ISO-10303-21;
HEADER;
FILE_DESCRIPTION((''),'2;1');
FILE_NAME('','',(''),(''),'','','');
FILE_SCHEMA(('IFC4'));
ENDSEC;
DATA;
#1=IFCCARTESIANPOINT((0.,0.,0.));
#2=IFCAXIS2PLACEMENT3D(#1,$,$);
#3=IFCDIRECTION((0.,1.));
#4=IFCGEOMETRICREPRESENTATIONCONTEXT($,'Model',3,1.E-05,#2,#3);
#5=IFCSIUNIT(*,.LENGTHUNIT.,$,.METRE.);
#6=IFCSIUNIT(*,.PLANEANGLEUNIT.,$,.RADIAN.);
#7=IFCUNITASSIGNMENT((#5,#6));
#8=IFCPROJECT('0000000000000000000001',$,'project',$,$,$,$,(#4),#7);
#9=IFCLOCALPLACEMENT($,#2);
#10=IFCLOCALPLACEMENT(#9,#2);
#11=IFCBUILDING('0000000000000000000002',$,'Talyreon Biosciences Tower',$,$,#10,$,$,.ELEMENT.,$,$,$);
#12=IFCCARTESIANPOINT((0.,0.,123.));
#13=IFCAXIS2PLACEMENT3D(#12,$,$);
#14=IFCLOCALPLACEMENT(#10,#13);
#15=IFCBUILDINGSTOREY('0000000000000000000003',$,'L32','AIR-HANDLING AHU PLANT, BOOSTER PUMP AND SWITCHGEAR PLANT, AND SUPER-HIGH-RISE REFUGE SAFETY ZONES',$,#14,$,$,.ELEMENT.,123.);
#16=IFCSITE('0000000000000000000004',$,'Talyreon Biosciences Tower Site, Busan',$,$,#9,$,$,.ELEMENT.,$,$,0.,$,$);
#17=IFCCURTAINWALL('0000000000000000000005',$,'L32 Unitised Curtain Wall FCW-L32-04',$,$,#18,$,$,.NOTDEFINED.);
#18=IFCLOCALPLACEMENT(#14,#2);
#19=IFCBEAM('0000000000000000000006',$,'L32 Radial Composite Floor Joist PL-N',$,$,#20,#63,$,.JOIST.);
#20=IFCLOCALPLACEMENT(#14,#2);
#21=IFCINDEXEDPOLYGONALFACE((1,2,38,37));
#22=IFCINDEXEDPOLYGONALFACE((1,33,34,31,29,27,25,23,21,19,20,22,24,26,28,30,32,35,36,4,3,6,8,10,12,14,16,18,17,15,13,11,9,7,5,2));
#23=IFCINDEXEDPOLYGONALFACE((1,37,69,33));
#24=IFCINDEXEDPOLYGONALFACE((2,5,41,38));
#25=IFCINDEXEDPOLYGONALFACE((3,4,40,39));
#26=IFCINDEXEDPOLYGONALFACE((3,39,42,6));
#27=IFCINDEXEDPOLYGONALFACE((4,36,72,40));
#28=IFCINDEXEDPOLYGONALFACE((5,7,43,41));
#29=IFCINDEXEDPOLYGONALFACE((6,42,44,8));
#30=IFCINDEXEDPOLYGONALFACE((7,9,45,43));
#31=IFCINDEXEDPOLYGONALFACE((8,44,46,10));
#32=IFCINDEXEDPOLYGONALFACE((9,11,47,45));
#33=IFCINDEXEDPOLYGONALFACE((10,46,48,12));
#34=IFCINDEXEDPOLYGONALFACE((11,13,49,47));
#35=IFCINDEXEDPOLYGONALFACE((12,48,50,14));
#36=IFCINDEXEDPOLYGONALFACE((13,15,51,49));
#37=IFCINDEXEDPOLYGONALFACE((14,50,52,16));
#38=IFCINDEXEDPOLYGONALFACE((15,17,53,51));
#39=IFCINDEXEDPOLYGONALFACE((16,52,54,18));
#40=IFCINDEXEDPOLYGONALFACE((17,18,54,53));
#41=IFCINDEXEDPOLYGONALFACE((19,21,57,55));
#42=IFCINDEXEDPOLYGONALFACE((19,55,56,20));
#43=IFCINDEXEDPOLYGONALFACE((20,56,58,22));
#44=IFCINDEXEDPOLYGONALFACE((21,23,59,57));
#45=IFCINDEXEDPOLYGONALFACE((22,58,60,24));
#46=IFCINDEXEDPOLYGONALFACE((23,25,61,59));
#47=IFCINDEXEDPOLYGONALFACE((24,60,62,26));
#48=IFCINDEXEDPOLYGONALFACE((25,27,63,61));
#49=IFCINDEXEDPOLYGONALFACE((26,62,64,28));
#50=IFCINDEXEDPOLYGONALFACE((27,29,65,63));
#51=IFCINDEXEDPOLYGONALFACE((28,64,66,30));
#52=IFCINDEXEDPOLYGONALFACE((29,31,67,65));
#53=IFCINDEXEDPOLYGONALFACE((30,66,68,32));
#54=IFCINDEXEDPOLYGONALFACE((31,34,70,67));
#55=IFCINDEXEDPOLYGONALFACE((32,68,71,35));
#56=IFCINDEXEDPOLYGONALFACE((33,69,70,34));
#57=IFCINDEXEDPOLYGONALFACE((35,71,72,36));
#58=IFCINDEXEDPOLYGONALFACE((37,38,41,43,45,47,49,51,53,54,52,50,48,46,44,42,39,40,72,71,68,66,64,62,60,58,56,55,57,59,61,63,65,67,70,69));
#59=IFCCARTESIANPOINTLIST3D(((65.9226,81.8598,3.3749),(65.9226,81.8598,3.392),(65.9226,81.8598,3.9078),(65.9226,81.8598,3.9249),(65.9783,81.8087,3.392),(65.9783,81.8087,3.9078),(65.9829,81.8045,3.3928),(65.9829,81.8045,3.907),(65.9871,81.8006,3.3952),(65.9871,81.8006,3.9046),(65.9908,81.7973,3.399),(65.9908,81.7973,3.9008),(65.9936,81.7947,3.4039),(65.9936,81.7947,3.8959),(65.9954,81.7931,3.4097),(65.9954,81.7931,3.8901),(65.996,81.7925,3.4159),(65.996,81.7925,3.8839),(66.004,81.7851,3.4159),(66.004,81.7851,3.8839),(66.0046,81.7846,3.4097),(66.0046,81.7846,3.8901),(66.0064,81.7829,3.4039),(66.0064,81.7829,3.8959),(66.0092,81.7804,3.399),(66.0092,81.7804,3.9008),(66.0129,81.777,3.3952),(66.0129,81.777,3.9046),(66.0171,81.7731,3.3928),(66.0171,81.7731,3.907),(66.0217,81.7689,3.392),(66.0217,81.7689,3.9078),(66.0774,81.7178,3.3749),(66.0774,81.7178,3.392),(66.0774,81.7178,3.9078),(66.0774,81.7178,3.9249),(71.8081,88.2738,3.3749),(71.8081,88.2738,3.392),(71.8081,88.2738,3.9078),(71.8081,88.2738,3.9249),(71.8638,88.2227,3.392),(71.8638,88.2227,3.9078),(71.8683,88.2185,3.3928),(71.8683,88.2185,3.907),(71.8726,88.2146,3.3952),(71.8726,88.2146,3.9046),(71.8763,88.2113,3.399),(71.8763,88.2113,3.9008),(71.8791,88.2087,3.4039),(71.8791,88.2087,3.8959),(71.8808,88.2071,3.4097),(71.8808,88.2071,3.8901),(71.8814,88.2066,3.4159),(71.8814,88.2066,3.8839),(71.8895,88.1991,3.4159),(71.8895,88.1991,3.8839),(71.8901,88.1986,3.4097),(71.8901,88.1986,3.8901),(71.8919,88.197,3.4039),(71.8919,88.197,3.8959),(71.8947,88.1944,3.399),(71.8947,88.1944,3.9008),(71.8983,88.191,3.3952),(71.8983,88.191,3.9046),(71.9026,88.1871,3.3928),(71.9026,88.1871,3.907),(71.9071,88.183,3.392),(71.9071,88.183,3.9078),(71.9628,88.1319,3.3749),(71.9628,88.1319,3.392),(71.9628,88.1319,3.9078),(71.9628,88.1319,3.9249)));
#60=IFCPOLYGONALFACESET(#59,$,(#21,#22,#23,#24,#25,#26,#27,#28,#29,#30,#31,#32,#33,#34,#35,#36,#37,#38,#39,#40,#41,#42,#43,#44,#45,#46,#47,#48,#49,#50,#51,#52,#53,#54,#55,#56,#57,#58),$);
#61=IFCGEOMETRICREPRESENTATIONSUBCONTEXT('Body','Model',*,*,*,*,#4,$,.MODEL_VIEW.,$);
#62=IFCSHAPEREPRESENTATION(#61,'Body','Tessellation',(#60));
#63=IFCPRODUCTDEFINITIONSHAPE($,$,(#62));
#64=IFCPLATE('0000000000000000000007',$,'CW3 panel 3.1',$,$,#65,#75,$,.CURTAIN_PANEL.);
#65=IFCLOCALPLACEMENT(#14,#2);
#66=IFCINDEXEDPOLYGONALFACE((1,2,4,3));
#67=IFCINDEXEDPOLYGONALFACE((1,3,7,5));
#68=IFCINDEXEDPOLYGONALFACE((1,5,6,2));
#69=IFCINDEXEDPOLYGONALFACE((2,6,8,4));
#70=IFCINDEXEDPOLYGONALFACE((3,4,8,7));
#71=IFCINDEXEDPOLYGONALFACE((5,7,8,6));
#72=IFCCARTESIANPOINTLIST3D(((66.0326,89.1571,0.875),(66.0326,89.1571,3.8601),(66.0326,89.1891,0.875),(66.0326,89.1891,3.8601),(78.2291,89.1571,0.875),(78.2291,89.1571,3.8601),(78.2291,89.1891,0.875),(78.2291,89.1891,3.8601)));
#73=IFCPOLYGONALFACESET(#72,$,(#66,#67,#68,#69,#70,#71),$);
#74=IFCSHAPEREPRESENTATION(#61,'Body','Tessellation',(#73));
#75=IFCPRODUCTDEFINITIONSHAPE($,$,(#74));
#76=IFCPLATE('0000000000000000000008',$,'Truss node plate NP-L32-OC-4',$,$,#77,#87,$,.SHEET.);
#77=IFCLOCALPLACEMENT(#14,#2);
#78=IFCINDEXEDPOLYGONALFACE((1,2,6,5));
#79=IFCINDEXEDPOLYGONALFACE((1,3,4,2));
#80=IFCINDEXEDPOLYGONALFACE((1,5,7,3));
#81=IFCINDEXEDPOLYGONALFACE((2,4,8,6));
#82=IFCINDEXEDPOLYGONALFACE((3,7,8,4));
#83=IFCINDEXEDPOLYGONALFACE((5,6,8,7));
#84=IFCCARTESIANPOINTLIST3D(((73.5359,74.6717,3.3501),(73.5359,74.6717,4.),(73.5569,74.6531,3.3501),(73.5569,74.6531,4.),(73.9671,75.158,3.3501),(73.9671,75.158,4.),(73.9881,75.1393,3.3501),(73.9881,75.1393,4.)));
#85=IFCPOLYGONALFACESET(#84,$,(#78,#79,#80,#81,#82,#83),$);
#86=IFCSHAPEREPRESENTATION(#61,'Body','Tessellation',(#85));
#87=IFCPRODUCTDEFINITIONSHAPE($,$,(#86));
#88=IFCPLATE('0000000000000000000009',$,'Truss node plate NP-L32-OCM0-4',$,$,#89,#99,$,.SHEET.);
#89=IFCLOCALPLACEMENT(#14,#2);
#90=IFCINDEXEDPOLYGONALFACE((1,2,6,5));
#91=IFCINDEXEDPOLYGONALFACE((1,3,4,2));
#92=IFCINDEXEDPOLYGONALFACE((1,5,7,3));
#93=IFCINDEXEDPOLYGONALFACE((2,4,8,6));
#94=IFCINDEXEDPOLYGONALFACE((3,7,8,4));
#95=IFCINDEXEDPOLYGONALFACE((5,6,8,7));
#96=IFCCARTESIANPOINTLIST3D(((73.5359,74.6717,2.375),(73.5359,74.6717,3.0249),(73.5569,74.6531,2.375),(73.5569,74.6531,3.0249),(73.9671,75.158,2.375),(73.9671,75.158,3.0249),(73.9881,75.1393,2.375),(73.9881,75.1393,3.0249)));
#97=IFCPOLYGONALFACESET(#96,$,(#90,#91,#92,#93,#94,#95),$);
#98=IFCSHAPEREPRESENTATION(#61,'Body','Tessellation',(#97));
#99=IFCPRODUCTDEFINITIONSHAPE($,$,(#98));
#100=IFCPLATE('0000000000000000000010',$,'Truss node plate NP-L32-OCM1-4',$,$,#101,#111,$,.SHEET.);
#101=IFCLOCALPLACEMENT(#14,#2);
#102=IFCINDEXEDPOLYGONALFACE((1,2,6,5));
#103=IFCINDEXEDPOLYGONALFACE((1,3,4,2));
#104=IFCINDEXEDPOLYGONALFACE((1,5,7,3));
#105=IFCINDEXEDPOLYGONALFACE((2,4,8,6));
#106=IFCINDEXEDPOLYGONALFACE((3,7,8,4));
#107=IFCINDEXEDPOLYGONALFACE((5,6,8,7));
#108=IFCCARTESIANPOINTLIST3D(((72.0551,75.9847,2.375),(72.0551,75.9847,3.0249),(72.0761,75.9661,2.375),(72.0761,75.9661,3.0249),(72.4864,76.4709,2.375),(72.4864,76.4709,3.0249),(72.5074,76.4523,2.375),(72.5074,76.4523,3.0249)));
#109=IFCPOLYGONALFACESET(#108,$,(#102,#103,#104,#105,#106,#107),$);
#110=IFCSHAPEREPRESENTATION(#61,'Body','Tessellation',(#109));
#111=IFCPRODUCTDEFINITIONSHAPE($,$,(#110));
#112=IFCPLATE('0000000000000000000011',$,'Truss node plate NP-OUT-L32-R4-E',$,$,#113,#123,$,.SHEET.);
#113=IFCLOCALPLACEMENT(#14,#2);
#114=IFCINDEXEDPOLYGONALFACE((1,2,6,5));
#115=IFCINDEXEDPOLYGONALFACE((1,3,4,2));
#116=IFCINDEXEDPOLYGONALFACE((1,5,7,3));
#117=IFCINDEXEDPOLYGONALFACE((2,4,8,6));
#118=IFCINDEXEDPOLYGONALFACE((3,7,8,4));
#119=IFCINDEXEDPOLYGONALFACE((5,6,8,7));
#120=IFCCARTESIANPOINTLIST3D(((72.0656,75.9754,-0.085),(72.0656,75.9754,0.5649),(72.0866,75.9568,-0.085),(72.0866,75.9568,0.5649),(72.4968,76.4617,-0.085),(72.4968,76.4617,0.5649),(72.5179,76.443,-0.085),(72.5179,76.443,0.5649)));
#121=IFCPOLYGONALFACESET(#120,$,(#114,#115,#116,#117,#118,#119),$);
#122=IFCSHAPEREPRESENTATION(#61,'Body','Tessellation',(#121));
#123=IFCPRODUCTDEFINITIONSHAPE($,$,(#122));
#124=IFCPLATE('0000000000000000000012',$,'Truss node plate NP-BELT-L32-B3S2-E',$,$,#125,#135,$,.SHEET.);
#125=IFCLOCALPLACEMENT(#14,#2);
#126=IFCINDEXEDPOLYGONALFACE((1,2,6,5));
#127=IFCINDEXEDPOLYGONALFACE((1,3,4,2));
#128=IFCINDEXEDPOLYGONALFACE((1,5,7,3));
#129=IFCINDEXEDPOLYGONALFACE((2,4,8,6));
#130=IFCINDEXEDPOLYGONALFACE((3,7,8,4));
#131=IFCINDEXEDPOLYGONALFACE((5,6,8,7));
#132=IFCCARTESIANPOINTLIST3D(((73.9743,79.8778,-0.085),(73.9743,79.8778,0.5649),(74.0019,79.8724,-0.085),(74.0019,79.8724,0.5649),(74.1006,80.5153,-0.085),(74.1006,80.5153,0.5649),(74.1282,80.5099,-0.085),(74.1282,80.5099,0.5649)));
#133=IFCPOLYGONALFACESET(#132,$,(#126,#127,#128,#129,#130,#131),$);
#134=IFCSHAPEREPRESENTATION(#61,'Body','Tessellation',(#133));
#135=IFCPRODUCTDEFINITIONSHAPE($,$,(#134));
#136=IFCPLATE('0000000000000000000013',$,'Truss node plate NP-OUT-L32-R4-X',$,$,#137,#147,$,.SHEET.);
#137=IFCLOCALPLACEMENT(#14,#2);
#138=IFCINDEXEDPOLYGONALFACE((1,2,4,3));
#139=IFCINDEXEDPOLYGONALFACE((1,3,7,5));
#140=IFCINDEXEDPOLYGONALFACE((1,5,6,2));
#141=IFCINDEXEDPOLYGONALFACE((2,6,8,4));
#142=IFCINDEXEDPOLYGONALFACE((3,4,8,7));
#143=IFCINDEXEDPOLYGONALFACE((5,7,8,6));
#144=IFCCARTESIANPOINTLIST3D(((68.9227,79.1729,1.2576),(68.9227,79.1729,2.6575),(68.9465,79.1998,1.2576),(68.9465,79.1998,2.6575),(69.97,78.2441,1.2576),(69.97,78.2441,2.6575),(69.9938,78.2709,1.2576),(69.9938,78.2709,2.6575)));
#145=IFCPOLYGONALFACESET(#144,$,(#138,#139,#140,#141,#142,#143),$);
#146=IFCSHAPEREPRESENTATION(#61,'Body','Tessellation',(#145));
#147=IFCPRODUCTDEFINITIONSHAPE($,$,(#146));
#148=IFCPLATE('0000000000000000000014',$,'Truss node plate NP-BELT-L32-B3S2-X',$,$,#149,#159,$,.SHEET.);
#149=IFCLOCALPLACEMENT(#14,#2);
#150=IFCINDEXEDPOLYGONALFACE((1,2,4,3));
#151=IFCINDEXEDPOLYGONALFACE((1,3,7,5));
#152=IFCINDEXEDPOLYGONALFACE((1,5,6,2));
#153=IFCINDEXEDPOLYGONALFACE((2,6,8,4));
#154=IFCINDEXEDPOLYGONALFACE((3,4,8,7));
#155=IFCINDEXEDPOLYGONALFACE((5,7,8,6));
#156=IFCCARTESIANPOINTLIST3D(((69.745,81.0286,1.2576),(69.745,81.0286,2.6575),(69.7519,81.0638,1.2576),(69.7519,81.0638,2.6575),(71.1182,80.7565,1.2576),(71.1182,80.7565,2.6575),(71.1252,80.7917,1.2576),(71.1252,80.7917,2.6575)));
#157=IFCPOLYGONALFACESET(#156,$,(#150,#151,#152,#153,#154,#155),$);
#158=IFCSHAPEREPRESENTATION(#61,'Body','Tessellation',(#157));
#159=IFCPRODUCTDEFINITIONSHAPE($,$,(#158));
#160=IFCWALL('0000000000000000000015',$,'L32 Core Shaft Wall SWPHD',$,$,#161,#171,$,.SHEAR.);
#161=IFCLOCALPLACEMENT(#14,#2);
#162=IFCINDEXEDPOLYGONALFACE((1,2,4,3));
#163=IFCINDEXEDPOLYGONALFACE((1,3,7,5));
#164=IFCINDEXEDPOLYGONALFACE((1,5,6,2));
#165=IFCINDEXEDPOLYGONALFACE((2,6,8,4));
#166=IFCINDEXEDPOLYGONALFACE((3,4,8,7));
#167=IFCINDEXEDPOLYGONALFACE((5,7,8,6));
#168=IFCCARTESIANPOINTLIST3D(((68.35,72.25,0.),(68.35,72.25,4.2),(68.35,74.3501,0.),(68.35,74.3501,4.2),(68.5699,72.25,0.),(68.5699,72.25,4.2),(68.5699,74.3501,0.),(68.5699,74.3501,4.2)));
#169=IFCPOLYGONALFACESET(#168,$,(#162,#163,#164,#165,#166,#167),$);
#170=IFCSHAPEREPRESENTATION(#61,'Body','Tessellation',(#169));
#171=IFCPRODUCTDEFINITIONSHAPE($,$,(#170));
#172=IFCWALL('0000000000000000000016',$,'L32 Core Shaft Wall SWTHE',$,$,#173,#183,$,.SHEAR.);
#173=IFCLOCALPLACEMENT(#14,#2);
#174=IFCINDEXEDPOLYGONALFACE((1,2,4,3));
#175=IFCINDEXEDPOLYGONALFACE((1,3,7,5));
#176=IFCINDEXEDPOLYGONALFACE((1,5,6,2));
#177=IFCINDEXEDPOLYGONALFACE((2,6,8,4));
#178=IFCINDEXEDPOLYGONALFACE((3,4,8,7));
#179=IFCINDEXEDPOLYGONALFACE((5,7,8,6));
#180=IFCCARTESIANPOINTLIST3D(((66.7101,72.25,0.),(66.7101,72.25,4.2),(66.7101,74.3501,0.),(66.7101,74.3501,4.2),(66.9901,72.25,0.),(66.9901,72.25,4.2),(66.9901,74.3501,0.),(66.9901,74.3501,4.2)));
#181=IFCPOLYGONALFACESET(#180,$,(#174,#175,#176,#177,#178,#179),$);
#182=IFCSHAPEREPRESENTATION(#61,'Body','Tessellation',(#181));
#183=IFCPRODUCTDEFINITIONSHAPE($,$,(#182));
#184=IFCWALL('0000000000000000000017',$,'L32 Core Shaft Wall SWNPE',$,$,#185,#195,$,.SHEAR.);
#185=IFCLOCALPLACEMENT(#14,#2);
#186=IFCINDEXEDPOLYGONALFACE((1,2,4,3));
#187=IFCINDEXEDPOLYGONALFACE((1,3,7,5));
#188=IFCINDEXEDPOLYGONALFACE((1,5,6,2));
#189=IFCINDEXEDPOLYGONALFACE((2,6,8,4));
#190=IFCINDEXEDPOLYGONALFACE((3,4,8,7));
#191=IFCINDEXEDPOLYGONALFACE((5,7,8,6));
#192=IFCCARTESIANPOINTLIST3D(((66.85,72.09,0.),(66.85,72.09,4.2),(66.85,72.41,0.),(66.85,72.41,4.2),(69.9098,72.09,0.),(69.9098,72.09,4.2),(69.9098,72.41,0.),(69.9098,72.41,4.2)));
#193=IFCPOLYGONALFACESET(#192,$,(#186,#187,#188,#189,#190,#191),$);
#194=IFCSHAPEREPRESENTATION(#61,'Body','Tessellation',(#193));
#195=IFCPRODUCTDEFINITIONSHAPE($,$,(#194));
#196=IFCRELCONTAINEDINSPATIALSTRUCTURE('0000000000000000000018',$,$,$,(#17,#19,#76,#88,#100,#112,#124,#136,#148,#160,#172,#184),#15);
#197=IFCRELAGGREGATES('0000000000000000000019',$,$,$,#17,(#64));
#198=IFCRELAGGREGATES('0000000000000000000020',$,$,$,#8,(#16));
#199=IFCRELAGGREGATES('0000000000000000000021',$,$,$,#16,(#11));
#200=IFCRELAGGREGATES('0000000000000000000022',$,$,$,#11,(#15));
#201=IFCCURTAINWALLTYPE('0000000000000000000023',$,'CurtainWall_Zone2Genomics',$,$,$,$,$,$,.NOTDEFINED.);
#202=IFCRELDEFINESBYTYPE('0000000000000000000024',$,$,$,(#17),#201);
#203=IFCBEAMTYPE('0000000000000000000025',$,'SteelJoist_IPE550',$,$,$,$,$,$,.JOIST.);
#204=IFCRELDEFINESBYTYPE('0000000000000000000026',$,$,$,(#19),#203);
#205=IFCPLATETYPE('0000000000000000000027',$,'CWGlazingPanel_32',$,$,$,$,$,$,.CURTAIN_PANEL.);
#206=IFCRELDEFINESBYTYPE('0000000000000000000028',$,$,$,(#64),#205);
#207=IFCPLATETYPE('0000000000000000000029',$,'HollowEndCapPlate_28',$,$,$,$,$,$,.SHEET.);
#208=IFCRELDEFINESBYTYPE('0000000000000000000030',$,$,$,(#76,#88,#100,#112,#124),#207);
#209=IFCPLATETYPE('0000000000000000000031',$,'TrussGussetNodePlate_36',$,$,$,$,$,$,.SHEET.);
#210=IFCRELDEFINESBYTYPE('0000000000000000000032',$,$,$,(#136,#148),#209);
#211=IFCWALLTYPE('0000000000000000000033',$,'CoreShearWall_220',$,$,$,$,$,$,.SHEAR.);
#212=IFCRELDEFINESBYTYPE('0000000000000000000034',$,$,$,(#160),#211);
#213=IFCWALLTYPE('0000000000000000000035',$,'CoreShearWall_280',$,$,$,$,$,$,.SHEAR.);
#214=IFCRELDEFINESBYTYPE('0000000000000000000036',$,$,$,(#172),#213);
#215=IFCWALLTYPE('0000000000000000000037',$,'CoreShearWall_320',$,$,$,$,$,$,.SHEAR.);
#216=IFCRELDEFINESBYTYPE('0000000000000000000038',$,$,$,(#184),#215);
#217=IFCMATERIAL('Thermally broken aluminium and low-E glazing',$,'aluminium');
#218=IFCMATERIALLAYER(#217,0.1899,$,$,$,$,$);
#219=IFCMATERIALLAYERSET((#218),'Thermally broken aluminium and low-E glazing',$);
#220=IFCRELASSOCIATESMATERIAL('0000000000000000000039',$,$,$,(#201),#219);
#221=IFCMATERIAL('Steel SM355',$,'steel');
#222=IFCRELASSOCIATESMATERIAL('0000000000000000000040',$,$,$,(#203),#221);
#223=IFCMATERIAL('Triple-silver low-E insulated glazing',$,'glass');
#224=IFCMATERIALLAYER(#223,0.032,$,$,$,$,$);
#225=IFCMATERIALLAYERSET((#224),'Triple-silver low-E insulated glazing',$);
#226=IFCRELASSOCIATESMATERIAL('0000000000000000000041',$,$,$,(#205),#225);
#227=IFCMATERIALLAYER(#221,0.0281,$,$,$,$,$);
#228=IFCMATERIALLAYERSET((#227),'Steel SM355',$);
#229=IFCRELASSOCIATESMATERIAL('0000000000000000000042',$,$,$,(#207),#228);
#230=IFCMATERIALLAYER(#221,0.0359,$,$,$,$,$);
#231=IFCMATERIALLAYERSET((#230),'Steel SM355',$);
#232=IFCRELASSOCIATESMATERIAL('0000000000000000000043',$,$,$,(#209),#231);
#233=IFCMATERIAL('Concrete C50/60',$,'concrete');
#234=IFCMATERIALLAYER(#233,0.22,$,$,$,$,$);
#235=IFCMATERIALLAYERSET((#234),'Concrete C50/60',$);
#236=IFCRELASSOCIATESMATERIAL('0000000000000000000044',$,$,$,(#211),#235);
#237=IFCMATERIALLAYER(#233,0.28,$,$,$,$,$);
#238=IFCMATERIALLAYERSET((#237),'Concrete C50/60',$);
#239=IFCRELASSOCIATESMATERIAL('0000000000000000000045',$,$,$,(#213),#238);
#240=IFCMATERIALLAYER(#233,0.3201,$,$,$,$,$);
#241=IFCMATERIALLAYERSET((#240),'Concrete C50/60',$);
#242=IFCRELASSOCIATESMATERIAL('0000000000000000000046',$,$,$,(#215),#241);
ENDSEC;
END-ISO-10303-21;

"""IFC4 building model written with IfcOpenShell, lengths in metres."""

from ifc_helpers import new_model, si_unit, direction, frame, frame_2d, origin, origin_2d, place, context, subcontext, project, spatial, rectangle, i_section, extrude, material, layer, layer_set, material_profile, profile_set, type_object, element, aggregate, save


model = new_model("IFC4")

# Units and contexts
model_context = context("Model", 3, precision=1e-05, world=origin(), true_north=direction((0.0, 1.0)))
body_context = subcontext(model_context, "Body", "Model", "MODEL_VIEW")
ifc_project = project(units=[si_unit("LENGTHUNIT", "METRE"), si_unit("PLANEANGLEUNIT", "RADIAN")], contexts=[model_context])

# Site, building, storey
site_placement = place(None, origin())
site = spatial("IfcSite", under=ifc_project, at=site_placement, Name="Talyreon Biosciences Tower Site, Busan", CompositionType="ELEMENT", RefElevation=0.0)
building_placement = place(site_placement, origin())
building = spatial("IfcBuilding", under=site, at=building_placement, Name="Talyreon Biosciences Tower", CompositionType="ELEMENT")
storey_placement = place(building_placement, frame((0.0, 0.0, 123.0)))
storey = spatial("IfcBuildingStorey", under=building, at=storey_placement, Name="L32", Description="AIR-HANDLING AHU PLANT, BOOSTER PUMP AND SWITCHGEAR PLANT, AND SUPER-HIGH-RISE REFUGE SAFETY ZONES", CompositionType="ELEMENT", Elevation=123.0)

# Shared definitions
ifc_material_1 = material(Name="Concrete C50/60", Category="concrete")

# Shared definitions
ifc_material_2 = material(Name="Steel SM355", Category="steel")

# Curtain wall
ifc_material_3 = material(Name="Thermally broken aluminium and low-E glazing", Category="aluminium")
ifc_layer_1 = layer(ifc_material_3, 0.1899)
ifc_layer_set_1 = layer_set([ifc_layer_1], Name="Thermally broken aluminium and low-E glazing")
curtain_wall_type = type_object("IfcCurtainWallType", Name="CurtainWall_Zone2Genomics", PredefinedType="NOTDEFINED", material=ifc_layer_set_1)
curtain_wall_placement = place(storey_placement, origin())
curtain_wall = element("IfcCurtainWall", 1, at=curtain_wall_placement, inside=storey, type_object=curtain_wall_type, Name="L32 Unitised Curtain Wall FCW-L32-04", PredefinedType="NOTDEFINED")

# Beam
ifc_material_profile_1 = material_profile(ifc_material_2, i_section(OverallWidth=0.21, OverallDepth=0.55, WebThickness=0.011, FlangeThickness=0.0171, FilletRadius=0.0239, at=origin_2d()), Name="IPE550")
ifc_profile_set_1 = profile_set([ifc_material_profile_1], Name="Steel SM355")
beam_type_1 = type_object("IfcBeamType", Name="SteelJoist_IPE550", PredefinedType="JOIST", material=ifc_profile_set_1)
beam_1_placement = place(storey_placement, frame((66.0, 81.7888, 3.6499), z_axis=(0.676095, 0.736814, 0.0), x_axis=(-0.736814, 0.676095, 0.0)))
element("IfcBeam", 2, at=beam_1_placement, inside=storey, type_object=beam_type_1, Name="L32 Radial Composite Floor Joist PL-N", PredefinedType="JOIST", context=body_context, shape_type="SweptSolid", body=[
    extrude(i_section(OverallWidth=0.21, OverallDepth=0.55, WebThickness=0.011, FlangeThickness=0.0171, FilletRadius=0.0239, at=origin_2d()), origin(), (0.0, 0.0, 1.0), 8.7051),
])

# Plate
ifc_material_4 = material(Name="Triple-silver low-E insulated glazing", Category="glass")
ifc_layer_2 = layer(ifc_material_4, 0.032)
ifc_layer_set_2 = layer_set([ifc_layer_2], Name="Triple-silver low-E insulated glazing")
plate_type_1 = type_object("IfcPlateType", Name="CWGlazingPanel_32", PredefinedType="CURTAIN_PANEL", material=ifc_layer_set_2)
plate_placement = place(storey_placement, frame((72.1309, 89.1731, 0.875), z_axis=(0.0, 0.0, 1.0), x_axis=(1.0, 0.0, 0.0)))
plate = element("IfcPlate", 3, at=plate_placement, type_object=plate_type_1, Name="CW3 panel 3.1", PredefinedType="CURTAIN_PANEL", context=body_context, shape_type="SweptSolid", body=[
    extrude(rectangle(XDim=12.1965, YDim=0.032, at=origin_2d()), origin(), (0.0, 0.0, 1.0), 2.9851),
])
aggregate(curtain_wall, [plate])

# Plates
ifc_layer_3 = layer(ifc_material_2, 0.0281)
ifc_layer_set_3 = layer_set([ifc_layer_3], Name="Steel SM355")
plate_type_2 = type_object("IfcPlateType", Name="HollowEndCapPlate_28", PredefinedType="SHEET", material=ifc_layer_set_3)
for number, where, z_axis, x_axis, name in (
    (4, (73.762, 74.9055, 3.3501), (0.0, 0.0, 1.0), (-0.663495, -0.74818, 0.0), "Truss node plate NP-L32-OC-4"),
    (5, (73.762, 74.9055, 2.375), (0.0, 0.0, 1.0), (-0.663495, -0.74818, 0.0), "Truss node plate NP-L32-OCM0-4"),
    (6, (72.2812, 76.2185, 2.375), (0.0, 0.0, 1.0), (-0.663495, -0.74818, 0.0), "Truss node plate NP-L32-OCM1-4"),
    (7, (72.2917, 76.2092, -0.085), (0.0, 0.0, 1.0), (-0.663495, -0.74818, 0.0), "Truss node plate NP-OUT-L32-R4-E"),
    (8, (74.0513, 80.1938, -0.085), (0.0, 0.0, 1.0), (-0.194337, -0.980935, 0.0), "Truss node plate NP-BELT-L32-B3S2-E"),
):
    element("IfcPlate", number, at=place(storey_placement, frame(where, z_axis=z_axis, x_axis=x_axis)), inside=storey, type_object=plate_type_2, Name=name, PredefinedType="SHEET", context=body_context, shape_type="SweptSolid", body=[
        extrude(rectangle(XDim=0.6499, YDim=0.0281, at=origin_2d()), origin(), (0.0, 0.0, 1.0), 0.6499),
    ])
ifc_layer_4 = layer(ifc_material_2, 0.0359)
ifc_layer_set_4 = layer_set([ifc_layer_4], Name="Steel SM355")
plate_type_3 = type_object("IfcPlateType", Name="TrussGussetNodePlate_36", PredefinedType="SHEET", material=ifc_layer_set_4)
for number, where, z_axis, x_axis, name in (
    (9, (69.4583, 78.7219, 1.2576), (0.0, 0.0, 1.0), (-0.74818, 0.663495, 0.0), "Truss node plate NP-OUT-L32-R4-X"),
    (10, (70.4351, 80.9102, 1.2576), (0.0, 0.0, 1.0), (-0.980935, 0.194337, 0.0), "Truss node plate NP-BELT-L32-B3S2-X"),
):
    element("IfcPlate", number, at=place(storey_placement, frame(where, z_axis=z_axis, x_axis=x_axis)), inside=storey, type_object=plate_type_3, Name=name, PredefinedType="SHEET", context=body_context, shape_type="SweptSolid", body=[
        extrude(rectangle(XDim=1.3999, YDim=0.0359, at=origin_2d()), origin(), (0.0, 0.0, 1.0), 1.3999),
    ])

# Walls
ifc_layer_5 = layer(ifc_material_1, 0.22)
ifc_layer_set_5 = layer_set([ifc_layer_5], Name="Concrete C50/60")
wall_type_1 = type_object("IfcWallType", Name="CoreShearWall_220", PredefinedType="SHEAR", material=ifc_layer_set_5)
wall_1_placement = place(storey_placement, frame((68.46, 72.25, 0.0), z_axis=(0.0, 0.0, 1.0), x_axis=(0.0, 1.0, 0.0)))
element("IfcWall", 11, at=wall_1_placement, inside=storey, type_object=wall_type_1, Name="L32 Core Shaft Wall SWPHD", PredefinedType="SHEAR", context=body_context, shape_type="SweptSolid", body=[
    extrude(rectangle(XDim=2.1001, YDim=0.22, at=frame_2d((1.05, 0.0))), origin(), (0.0, 0.0, 1.0), 4.2),
])
ifc_layer_6 = layer(ifc_material_1, 0.28)
ifc_layer_set_6 = layer_set([ifc_layer_6], Name="Concrete C50/60")
wall_type_2 = type_object("IfcWallType", Name="CoreShearWall_280", PredefinedType="SHEAR", material=ifc_layer_set_6)
wall_2_placement = place(storey_placement, frame((66.8501, 72.25, 0.0), z_axis=(0.0, 0.0, 1.0), x_axis=(0.0, 1.0, 0.0)))
element("IfcWall", 12, at=wall_2_placement, inside=storey, type_object=wall_type_2, Name="L32 Core Shaft Wall SWTHE", PredefinedType="SHEAR", context=body_context, shape_type="SweptSolid", body=[
    extrude(rectangle(XDim=2.1001, YDim=0.28, at=frame_2d((1.05, 0.0))), origin(), (0.0, 0.0, 1.0), 4.2),
])
ifc_layer_7 = layer(ifc_material_1, 0.3201)
ifc_layer_set_7 = layer_set([ifc_layer_7], Name="Concrete C50/60")
wall_type_3 = type_object("IfcWallType", Name="CoreShearWall_320", PredefinedType="SHEAR", material=ifc_layer_set_7)
wall_3_placement = place(storey_placement, frame((66.8501, 72.25, 0.0), z_axis=(0.0, 0.0, 1.0), x_axis=(1.0, 0.0, 0.0)))
element("IfcWall", 13, at=wall_3_placement, inside=storey, type_object=wall_type_3, Name="L32 Core Shaft Wall SWNPE", PredefinedType="SHEAR", context=body_context, shape_type="SweptSolid", body=[
    extrude(rectangle(XDim=3.0598, YDim=0.3201, at=frame_2d((1.5298, 0.0))), origin(), (0.0, 0.0, 1.0), 4.2),
])

save(model, "model.ifc")
